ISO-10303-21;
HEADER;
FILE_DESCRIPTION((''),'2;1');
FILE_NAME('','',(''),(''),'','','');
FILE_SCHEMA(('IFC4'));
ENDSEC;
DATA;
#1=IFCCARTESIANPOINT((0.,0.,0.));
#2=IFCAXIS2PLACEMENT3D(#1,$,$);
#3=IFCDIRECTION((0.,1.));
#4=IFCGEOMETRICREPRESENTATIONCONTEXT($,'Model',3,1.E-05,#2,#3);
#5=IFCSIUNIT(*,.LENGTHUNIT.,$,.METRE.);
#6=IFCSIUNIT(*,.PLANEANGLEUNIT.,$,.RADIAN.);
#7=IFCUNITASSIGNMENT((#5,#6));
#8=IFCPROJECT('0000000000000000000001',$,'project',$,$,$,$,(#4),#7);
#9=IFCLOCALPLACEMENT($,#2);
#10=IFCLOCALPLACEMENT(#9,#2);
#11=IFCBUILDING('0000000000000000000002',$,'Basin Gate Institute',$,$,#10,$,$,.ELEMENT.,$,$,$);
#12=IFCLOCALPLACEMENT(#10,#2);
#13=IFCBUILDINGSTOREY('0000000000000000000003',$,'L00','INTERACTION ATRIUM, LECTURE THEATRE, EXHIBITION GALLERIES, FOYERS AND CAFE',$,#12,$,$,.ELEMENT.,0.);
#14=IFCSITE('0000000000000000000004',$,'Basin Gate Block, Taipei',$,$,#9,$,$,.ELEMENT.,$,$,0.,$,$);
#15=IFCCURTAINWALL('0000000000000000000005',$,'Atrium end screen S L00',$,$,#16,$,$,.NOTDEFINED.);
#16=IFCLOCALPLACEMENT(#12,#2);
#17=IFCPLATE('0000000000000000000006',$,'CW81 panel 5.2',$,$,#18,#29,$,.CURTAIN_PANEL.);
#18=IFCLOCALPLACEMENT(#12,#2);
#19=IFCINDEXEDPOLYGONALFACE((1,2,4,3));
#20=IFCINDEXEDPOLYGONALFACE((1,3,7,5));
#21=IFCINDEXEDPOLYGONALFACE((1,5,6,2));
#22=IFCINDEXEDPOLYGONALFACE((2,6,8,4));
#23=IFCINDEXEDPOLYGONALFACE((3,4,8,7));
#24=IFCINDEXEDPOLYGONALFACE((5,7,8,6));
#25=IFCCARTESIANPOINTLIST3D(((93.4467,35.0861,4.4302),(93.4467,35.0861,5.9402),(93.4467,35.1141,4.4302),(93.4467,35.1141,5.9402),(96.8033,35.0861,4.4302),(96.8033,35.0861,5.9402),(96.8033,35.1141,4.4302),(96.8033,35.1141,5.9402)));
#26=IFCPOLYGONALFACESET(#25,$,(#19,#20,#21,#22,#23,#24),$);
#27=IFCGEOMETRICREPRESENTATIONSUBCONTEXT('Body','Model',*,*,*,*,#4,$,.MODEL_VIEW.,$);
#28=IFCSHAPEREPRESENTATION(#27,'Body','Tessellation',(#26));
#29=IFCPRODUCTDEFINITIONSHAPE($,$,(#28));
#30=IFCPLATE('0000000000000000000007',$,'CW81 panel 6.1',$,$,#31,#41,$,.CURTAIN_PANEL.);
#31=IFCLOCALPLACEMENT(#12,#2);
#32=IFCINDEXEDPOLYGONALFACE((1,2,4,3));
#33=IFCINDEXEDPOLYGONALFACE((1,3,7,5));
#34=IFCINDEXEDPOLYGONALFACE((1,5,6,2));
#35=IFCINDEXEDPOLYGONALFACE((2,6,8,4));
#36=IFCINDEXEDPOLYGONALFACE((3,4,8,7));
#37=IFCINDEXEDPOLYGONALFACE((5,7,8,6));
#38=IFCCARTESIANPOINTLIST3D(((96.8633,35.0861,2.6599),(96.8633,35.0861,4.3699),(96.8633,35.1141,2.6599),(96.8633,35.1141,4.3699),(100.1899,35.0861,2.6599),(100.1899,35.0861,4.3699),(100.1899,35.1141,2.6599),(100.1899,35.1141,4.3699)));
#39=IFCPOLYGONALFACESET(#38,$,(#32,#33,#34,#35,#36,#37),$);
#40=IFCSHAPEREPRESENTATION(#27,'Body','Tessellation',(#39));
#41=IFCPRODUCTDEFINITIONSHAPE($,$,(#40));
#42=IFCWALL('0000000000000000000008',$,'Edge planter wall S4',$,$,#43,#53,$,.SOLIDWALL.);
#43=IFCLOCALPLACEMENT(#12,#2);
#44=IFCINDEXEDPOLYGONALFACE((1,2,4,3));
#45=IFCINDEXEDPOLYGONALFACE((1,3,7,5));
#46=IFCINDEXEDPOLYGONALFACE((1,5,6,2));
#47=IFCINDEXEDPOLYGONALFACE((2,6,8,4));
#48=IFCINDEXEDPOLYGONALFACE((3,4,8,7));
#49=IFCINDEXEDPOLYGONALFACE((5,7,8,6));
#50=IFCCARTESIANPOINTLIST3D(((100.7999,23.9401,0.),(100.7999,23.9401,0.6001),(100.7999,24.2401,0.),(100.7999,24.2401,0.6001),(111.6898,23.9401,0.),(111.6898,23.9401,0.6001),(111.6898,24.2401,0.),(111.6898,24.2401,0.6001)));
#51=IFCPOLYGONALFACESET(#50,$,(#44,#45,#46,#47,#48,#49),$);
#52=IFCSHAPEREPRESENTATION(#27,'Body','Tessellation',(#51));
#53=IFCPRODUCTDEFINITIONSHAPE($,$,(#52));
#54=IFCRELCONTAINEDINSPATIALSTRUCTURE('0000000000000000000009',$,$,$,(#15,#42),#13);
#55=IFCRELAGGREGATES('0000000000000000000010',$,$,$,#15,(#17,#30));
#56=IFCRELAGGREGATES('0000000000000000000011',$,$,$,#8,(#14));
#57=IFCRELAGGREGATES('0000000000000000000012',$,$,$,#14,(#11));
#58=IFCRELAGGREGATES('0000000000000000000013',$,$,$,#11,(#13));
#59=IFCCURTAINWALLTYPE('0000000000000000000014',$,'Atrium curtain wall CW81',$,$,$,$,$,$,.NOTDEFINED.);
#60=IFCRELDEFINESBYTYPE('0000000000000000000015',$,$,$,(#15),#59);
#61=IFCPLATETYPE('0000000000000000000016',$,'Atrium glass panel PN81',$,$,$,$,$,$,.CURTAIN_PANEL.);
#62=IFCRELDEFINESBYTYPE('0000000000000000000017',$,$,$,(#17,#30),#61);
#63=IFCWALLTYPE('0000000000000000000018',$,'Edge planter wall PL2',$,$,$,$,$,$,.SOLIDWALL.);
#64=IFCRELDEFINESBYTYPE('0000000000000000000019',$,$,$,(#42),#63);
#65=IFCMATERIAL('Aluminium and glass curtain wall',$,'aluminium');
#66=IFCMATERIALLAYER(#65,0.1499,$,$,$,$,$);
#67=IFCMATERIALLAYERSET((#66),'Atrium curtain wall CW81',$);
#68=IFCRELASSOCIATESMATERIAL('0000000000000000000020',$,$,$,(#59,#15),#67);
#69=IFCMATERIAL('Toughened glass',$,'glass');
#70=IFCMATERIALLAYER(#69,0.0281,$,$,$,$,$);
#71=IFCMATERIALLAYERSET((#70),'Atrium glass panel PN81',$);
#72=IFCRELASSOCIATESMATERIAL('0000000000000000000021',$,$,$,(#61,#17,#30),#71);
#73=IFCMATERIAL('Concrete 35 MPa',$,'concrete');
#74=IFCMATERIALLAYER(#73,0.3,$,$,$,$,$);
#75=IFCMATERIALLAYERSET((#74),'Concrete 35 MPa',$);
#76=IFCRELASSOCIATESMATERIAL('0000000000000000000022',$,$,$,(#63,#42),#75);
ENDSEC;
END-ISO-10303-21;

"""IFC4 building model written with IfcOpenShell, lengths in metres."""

from ifc_helpers import new_model, si_unit, direction, frame, frame_2d, origin, origin_2d, place, context, subcontext, project, spatial, rectangle, extrude, material, layer, layer_set, type_object, element, aggregate, save


model = new_model("IFC4")

# Units and contexts
model_context = context("Model", 3, precision=1e-05, world=origin(), true_north=direction((0.0, 1.0)))
body_context = subcontext(model_context, "Body", "Model", "MODEL_VIEW")
ifc_project = project(units=[si_unit("LENGTHUNIT", "METRE"), si_unit("PLANEANGLEUNIT", "RADIAN")], contexts=[model_context])

# Site, building, storey
site_placement = place(None, origin())
site = spatial("IfcSite", under=ifc_project, at=site_placement, Name="Basin Gate Block, Taipei", CompositionType="ELEMENT", RefElevation=0.0)
building_placement = place(site_placement, origin())
building = spatial("IfcBuilding", under=site, at=building_placement, Name="Basin Gate Institute", CompositionType="ELEMENT")
storey_placement = place(building_placement, origin())
storey = spatial("IfcBuildingStorey", under=building, at=storey_placement, Name="L00", Description="INTERACTION ATRIUM, LECTURE THEATRE, EXHIBITION GALLERIES, FOYERS AND CAFE", CompositionType="ELEMENT", Elevation=0.0)

# Curtain wall
ifc_material_1 = material(Name="Aluminium and glass curtain wall", Category="aluminium")
ifc_layer_1 = layer(ifc_material_1, 0.1499)
ifc_layer_set_1 = layer_set([ifc_layer_1], Name="Atrium curtain wall CW81")
curtain_wall_type = type_object("IfcCurtainWallType", Name="Atrium curtain wall CW81", PredefinedType="NOTDEFINED", material=ifc_layer_set_1)
curtain_wall_placement = place(storey_placement, origin())
curtain_wall = element("IfcCurtainWall", 1, at=curtain_wall_placement, inside=storey, type_object=curtain_wall_type, material=ifc_layer_set_1, Name="Atrium end screen S L00", PredefinedType="NOTDEFINED")

# Plates
ifc_material_2 = material(Name="Toughened glass", Category="glass")
ifc_layer_2 = layer(ifc_material_2, 0.0281)
ifc_layer_set_2 = layer_set([ifc_layer_2], Name="Atrium glass panel PN81")
plate_type = type_object("IfcPlateType", Name="Atrium glass panel PN81", PredefinedType="CURTAIN_PANEL", material=ifc_layer_set_2)
plate_1_placement = place(storey_placement, frame((95.125, 35.1001, 4.4302), z_axis=(0.0, 0.0, 1.0), x_axis=(1.0, 0.0, 0.0)))
plate_1 = element("IfcPlate", 2, at=plate_1_placement, type_object=plate_type, material=ifc_layer_set_2, Name="CW81 panel 5.2", PredefinedType="CURTAIN_PANEL", context=body_context, shape_type="SweptSolid", body=[
    extrude(rectangle(XDim=3.3567, YDim=0.0281, at=origin_2d()), origin(), (0.0, 0.0, 1.0), 1.51),
])
plate_2_placement = place(storey_placement, frame((98.5266, 35.1001, 2.6599), z_axis=(0.0, 0.0, 1.0), x_axis=(1.0, 0.0, 0.0)))
plate_2 = element("IfcPlate", 3, at=plate_2_placement, type_object=plate_type, material=ifc_layer_set_2, Name="CW81 panel 6.1", PredefinedType="CURTAIN_PANEL", context=body_context, shape_type="SweptSolid", body=[
    extrude(rectangle(XDim=3.3267, YDim=0.0281, at=origin_2d()), origin(), (0.0, 0.0, 1.0), 1.71),
])
aggregate(curtain_wall, [plate_1, plate_2])

# Wall
ifc_material_3 = material(Name="Concrete 35 MPa", Category="concrete")
ifc_layer_3 = layer(ifc_material_3, 0.3)
ifc_layer_set_3 = layer_set([ifc_layer_3], Name="Concrete 35 MPa")
wall_type = type_object("IfcWallType", Name="Edge planter wall PL2", PredefinedType="SOLIDWALL", material=ifc_layer_set_3)
wall_placement = place(storey_placement, frame((100.8, 24.0901, 0.0), z_axis=(0.0, 0.0, 1.0), x_axis=(1.0, 0.0, 0.0)))
element("IfcWall", 4, at=wall_placement, inside=storey, type_object=wall_type, material=ifc_layer_set_3, Name="Edge planter wall S4", PredefinedType="SOLIDWALL", context=body_context, shape_type="SweptSolid", body=[
    extrude(rectangle(XDim=10.8899, YDim=0.3, at=frame_2d((5.4448, 0.0))), origin(), (0.0, 0.0, 1.0), 0.6001),
])

save(model, "model.ifc")
